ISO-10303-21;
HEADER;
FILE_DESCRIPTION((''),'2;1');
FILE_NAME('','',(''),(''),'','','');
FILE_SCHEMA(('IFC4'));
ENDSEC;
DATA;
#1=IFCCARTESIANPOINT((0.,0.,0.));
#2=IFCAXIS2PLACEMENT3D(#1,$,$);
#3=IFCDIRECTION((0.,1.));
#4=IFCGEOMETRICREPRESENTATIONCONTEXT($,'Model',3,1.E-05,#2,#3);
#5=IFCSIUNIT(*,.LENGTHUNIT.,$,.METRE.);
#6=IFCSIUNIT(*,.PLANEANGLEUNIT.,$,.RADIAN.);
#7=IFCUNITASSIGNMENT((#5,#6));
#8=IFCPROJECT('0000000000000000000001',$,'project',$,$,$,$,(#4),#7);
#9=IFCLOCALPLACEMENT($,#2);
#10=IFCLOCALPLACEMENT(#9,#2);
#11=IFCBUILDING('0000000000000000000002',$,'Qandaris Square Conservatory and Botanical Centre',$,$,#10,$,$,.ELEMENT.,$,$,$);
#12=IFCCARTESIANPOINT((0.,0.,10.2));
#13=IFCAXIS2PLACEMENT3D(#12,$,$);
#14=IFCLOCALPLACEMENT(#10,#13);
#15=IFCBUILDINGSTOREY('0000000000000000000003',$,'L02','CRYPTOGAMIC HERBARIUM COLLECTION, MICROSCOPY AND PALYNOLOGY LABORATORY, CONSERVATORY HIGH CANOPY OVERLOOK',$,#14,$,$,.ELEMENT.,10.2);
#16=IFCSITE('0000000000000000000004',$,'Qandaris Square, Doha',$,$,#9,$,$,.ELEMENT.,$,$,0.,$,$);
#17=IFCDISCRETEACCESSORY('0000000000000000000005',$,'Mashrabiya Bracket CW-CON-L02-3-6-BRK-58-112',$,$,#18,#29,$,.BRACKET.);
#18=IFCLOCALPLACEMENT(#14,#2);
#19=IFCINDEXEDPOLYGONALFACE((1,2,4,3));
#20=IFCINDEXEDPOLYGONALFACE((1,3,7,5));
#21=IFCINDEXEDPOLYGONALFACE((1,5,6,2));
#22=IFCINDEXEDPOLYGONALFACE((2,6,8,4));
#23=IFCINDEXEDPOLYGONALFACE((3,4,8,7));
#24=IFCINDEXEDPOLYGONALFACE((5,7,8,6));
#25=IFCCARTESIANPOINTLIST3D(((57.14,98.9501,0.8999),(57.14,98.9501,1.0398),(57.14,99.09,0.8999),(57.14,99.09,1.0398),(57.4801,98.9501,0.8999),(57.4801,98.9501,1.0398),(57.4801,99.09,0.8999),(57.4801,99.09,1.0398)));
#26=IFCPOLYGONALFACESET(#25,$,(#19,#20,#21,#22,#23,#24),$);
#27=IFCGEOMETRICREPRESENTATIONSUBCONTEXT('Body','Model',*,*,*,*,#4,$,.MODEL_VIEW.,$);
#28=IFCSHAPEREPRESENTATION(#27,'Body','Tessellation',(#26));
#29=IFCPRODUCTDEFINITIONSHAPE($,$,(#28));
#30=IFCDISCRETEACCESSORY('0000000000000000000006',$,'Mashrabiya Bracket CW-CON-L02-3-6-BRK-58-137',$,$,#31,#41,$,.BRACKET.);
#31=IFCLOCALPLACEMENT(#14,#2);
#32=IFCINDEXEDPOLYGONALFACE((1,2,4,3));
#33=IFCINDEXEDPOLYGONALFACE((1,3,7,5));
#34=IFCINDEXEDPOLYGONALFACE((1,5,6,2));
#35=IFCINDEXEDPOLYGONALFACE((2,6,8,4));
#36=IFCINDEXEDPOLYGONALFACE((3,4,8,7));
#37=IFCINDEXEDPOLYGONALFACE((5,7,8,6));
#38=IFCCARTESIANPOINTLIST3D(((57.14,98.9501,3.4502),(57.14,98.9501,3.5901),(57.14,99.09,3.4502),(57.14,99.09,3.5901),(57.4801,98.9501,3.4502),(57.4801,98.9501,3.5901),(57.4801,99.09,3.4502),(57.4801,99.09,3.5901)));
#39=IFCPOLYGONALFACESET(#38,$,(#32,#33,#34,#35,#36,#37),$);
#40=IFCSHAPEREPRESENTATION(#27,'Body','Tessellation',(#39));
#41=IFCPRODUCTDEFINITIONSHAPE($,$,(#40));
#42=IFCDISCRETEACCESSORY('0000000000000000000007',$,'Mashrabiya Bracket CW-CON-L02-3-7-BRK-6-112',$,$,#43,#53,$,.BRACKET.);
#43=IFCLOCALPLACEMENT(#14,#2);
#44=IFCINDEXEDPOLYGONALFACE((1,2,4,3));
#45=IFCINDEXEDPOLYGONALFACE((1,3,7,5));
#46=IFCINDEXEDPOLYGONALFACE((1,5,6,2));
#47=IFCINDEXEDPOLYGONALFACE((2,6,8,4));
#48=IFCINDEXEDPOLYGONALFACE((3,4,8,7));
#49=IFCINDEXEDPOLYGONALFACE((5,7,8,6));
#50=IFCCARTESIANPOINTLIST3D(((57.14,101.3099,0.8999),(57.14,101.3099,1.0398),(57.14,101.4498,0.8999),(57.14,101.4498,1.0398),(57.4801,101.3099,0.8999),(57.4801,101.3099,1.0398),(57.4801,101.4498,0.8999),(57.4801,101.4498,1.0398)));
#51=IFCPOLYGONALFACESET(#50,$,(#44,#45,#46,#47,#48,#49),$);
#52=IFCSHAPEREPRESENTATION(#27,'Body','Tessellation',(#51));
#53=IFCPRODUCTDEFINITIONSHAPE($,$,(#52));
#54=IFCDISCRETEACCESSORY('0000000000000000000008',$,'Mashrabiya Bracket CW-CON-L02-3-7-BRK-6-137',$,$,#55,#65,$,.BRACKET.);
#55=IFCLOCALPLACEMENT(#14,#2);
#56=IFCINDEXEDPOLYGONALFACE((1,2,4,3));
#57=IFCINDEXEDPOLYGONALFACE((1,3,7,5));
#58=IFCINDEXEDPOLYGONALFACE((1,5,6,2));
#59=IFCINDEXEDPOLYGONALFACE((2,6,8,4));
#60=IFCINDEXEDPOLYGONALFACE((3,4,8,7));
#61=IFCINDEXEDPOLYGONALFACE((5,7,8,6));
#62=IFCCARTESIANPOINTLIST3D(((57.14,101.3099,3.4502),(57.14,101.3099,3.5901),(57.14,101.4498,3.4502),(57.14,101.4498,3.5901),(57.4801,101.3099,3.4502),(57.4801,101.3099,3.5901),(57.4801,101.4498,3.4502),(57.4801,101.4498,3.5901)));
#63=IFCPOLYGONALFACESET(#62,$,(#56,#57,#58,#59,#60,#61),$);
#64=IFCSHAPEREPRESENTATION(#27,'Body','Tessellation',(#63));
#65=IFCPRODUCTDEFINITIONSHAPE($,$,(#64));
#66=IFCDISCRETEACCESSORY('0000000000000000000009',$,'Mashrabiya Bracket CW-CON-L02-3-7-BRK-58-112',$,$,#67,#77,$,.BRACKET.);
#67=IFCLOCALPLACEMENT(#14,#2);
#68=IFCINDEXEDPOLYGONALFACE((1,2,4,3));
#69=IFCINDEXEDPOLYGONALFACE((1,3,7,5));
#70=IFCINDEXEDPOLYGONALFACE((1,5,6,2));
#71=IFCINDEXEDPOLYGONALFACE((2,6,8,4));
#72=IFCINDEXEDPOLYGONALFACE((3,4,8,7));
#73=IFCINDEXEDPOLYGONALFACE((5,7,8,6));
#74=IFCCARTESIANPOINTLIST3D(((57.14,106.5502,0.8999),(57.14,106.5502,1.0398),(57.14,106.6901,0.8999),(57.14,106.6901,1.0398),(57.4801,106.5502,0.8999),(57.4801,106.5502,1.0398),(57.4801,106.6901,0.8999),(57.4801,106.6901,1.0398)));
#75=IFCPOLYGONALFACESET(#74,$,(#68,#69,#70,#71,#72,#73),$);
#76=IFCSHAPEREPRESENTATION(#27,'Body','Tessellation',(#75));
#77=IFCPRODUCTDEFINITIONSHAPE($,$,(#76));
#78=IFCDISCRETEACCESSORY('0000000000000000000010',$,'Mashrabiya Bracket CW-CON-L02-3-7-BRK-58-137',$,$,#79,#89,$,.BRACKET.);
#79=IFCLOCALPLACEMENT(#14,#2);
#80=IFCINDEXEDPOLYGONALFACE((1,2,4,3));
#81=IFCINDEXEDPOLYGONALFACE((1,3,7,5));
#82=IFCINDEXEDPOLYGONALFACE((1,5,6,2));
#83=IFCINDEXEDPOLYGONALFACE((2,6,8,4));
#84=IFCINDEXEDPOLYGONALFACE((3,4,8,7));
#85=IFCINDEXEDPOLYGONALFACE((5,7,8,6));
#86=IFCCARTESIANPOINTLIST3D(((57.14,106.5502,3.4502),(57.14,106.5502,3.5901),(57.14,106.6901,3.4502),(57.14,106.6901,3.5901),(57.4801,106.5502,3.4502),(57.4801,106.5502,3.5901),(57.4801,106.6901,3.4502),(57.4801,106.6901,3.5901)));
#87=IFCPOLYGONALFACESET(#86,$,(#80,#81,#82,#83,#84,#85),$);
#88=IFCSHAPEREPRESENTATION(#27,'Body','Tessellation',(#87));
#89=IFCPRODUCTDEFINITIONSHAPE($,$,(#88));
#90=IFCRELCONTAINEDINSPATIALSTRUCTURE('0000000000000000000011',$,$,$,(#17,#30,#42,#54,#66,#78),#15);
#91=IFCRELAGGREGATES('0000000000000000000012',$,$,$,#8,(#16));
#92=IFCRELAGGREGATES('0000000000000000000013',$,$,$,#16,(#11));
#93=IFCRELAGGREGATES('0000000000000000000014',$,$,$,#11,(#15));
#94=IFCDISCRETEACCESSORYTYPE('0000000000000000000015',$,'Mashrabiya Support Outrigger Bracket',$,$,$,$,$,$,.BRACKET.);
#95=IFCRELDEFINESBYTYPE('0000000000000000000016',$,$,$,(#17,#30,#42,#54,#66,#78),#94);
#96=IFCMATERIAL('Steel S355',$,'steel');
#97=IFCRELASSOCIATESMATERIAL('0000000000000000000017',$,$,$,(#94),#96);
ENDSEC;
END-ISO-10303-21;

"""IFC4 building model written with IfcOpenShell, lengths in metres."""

from ifc_helpers import new_model, si_unit, direction, frame, origin, origin_2d, place, context, subcontext, project, spatial, rectangle, extrude, material, type_object, element, save


model = new_model("IFC4")

# Units and contexts
model_context = context("Model", 3, precision=1e-05, world=origin(), true_north=direction((0.0, 1.0)))
body_context = subcontext(model_context, "Body", "Model", "MODEL_VIEW")
ifc_project = project(units=[si_unit("LENGTHUNIT", "METRE"), si_unit("PLANEANGLEUNIT", "RADIAN")], contexts=[model_context])

# Site, building, storey
site_placement = place(None, origin())
site = spatial("IfcSite", under=ifc_project, at=site_placement, Name="Qandaris Square, Doha", CompositionType="ELEMENT", RefElevation=0.0)
building_placement = place(site_placement, origin())
building = spatial("IfcBuilding", under=site, at=building_placement, Name="Qandaris Square Conservatory and Botanical Centre", CompositionType="ELEMENT")
storey_placement = place(building_placement, frame((0.0, 0.0, 10.2)))
storey = spatial("IfcBuildingStorey", under=building, at=storey_placement, Name="L02", Description="CRYPTOGAMIC HERBARIUM COLLECTION, MICROSCOPY AND PALYNOLOGY LABORATORY, CONSERVATORY HIGH CANOPY OVERLOOK", CompositionType="ELEMENT", Elevation=10.2)

# Discrete accessories
ifc_material_1 = material(Name="Steel S355", Category="steel")
discrete_accessory_type = type_object("IfcDiscreteAccessoryType", Name="Mashrabiya Support Outrigger Bracket", PredefinedType="BRACKET", material=ifc_material_1)
for number, where, z_axis, x_axis, name in (
    (1, (57.3101, 99.02, 0.8999), (0.0, 0.0, 1.0), (0.0, 1.0, 0.0), "Mashrabiya Bracket CW-CON-L02-3-6-BRK-58-112"),
    (2, (57.3101, 99.02, 3.4502), (0.0, 0.0, 1.0), (0.0, 1.0, 0.0), "Mashrabiya Bracket CW-CON-L02-3-6-BRK-58-137"),
    (3, (57.3101, 101.3799, 0.8999), (0.0, 0.0, 1.0), (0.0, 1.0, 0.0), "Mashrabiya Bracket CW-CON-L02-3-7-BRK-6-112"),
    (4, (57.3101, 101.3799, 3.4502), (0.0, 0.0, 1.0), (0.0, 1.0, 0.0), "Mashrabiya Bracket CW-CON-L02-3-7-BRK-6-137"),
    (5, (57.3101, 106.6201, 0.8999), (0.0, 0.0, 1.0), (0.0, 1.0, 0.0), "Mashrabiya Bracket CW-CON-L02-3-7-BRK-58-112"),
    (6, (57.3101, 106.6201, 3.4502), (0.0, 0.0, 1.0), (0.0, 1.0, 0.0), "Mashrabiya Bracket CW-CON-L02-3-7-BRK-58-137"),
):
    element("IfcDiscreteAccessory", number, at=place(storey_placement, frame(where, z_axis=z_axis, x_axis=x_axis)), inside=storey, type_object=discrete_accessory_type, Name=name, PredefinedType="BRACKET", context=body_context, shape_type="SweptSolid", body=[
        extrude(rectangle(XDim=0.1399, YDim=0.3401, at=origin_2d()), origin(), (0.0, 0.0, 1.0), 0.1399),
    ])

save(model, "model.ifc")
